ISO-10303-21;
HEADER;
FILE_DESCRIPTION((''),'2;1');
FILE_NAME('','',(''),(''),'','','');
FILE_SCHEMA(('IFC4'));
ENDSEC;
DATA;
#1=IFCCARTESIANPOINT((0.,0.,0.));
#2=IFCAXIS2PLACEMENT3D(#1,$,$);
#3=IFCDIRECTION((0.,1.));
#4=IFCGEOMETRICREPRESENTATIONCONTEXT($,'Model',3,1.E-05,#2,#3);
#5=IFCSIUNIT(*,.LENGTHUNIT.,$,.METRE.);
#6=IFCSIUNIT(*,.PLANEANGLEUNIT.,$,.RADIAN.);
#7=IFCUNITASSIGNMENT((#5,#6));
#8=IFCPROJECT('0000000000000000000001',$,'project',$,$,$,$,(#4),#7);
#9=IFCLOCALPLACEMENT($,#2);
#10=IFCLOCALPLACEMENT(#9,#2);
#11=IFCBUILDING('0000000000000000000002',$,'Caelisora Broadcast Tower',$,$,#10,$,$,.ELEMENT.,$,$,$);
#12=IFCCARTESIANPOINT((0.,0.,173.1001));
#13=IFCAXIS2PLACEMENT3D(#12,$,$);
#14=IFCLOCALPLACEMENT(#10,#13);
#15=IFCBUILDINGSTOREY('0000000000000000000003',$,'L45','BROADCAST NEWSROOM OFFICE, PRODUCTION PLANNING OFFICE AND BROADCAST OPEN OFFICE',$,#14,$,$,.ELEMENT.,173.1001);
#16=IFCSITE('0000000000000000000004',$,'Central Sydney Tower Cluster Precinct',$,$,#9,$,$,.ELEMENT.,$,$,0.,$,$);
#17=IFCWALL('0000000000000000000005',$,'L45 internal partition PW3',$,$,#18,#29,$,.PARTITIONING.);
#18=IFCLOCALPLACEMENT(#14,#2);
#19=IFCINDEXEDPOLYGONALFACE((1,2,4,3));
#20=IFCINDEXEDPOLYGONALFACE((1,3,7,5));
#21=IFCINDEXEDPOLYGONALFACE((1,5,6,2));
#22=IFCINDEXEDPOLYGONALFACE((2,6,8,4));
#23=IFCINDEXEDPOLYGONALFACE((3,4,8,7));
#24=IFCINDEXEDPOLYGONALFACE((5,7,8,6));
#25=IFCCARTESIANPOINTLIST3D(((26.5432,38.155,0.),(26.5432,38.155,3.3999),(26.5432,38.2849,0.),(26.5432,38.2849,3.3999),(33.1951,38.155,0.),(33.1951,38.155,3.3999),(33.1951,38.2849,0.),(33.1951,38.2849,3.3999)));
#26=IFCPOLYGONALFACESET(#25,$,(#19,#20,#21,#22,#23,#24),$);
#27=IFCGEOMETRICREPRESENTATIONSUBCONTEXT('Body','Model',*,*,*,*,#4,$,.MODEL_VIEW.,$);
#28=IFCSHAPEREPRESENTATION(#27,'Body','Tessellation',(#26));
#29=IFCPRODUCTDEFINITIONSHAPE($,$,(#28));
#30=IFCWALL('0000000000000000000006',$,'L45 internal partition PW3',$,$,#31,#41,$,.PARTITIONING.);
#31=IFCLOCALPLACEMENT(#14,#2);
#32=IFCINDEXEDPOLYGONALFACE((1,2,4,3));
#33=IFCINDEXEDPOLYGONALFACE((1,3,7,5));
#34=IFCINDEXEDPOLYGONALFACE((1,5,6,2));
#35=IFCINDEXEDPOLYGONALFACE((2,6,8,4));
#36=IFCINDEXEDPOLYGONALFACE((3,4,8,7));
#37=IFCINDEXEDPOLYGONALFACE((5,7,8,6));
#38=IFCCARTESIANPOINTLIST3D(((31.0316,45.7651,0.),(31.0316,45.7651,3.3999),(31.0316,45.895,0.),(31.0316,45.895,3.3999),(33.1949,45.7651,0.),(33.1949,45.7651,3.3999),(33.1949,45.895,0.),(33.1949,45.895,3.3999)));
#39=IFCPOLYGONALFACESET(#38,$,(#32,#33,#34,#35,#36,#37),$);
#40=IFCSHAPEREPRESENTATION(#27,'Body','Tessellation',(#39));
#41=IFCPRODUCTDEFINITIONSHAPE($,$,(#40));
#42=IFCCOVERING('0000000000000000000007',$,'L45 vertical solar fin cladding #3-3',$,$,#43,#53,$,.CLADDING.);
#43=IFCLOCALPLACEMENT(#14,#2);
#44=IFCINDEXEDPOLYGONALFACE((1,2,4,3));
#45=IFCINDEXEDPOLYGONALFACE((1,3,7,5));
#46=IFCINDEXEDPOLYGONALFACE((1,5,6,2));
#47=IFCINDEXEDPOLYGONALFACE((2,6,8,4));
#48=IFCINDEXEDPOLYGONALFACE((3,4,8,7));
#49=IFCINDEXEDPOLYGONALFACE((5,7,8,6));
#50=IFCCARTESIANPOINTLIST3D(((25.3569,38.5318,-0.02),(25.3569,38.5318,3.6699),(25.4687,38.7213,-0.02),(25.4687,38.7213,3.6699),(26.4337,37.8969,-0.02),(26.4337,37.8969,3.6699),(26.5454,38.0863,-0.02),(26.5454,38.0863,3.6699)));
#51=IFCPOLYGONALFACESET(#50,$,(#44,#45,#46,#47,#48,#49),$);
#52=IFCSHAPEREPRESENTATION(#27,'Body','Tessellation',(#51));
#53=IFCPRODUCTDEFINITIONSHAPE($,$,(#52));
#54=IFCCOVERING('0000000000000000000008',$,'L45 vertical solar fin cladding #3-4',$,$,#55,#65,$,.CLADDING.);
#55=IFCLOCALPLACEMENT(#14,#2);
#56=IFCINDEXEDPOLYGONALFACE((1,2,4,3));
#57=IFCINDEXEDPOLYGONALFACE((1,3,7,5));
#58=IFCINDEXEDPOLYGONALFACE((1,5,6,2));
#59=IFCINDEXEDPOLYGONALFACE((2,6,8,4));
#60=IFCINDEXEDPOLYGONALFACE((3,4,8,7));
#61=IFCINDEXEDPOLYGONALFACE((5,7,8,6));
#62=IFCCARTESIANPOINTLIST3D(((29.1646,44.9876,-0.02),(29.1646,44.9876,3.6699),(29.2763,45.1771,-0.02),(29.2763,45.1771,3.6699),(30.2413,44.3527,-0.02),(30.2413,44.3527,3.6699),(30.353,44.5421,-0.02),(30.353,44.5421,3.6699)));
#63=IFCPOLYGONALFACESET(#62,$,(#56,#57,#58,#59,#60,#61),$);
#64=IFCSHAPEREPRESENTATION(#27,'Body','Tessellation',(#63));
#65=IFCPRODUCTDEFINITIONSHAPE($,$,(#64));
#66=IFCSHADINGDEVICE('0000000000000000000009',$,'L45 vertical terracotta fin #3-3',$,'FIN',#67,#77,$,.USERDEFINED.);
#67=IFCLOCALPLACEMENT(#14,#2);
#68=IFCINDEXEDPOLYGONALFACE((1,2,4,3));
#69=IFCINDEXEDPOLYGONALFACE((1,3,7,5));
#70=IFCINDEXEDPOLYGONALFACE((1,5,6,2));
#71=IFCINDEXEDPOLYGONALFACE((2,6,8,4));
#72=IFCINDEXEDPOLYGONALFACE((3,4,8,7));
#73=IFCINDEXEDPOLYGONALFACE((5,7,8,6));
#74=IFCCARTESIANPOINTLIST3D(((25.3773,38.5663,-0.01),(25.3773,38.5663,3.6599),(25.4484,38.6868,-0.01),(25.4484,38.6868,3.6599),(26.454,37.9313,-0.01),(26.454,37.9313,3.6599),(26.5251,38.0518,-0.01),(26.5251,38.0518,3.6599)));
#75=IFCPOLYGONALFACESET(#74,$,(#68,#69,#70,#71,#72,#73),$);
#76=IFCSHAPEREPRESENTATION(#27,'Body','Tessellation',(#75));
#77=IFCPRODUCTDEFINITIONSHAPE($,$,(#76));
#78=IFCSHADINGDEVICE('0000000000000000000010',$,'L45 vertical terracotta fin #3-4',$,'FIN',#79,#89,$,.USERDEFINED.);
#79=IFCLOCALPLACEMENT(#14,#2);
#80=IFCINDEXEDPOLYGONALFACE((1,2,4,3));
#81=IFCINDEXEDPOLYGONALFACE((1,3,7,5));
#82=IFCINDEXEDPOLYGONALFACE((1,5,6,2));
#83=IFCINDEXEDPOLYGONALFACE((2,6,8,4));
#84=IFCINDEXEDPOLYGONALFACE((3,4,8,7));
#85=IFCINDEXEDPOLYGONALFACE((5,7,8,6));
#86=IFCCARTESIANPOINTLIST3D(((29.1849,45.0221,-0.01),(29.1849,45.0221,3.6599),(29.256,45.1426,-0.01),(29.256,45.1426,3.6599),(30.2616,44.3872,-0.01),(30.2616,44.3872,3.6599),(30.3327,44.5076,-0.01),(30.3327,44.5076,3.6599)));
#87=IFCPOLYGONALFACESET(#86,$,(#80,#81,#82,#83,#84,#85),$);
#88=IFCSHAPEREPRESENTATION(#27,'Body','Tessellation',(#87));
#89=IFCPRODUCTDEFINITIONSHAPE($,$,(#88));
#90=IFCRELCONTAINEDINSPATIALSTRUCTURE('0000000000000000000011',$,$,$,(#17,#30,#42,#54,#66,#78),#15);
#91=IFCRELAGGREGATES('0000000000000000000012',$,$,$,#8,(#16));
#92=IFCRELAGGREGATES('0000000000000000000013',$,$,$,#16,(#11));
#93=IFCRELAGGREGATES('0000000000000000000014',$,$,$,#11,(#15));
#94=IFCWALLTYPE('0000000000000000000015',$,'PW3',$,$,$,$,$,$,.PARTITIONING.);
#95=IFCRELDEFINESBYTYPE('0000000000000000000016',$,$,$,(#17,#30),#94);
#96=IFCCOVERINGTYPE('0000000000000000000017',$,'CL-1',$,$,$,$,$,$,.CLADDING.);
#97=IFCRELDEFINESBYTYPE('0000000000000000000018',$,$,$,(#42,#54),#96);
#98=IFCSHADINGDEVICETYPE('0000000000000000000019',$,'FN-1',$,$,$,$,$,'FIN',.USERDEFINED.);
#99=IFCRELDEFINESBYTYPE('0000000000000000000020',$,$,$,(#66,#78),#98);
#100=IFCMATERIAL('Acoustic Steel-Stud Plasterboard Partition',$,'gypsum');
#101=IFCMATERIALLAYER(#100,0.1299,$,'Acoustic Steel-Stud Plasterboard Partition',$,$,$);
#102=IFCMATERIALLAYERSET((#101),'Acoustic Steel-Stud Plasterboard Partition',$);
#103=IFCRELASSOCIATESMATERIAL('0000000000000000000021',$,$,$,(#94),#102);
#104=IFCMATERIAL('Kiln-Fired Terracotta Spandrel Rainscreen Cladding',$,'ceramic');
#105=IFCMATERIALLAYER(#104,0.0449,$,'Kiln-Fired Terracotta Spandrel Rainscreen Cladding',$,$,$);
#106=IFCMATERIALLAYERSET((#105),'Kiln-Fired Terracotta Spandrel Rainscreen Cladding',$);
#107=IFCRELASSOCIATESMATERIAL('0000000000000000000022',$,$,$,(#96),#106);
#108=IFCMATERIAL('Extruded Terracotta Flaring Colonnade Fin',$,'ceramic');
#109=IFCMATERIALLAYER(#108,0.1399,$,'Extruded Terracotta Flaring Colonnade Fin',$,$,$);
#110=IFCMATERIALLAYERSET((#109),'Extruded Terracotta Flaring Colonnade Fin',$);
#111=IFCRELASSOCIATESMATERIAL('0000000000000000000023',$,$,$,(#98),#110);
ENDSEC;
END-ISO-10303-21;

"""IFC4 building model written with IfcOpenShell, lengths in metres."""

from ifc_helpers import new_model, si_unit, direction, frame, frame_2d, origin, origin_2d, place, context, subcontext, project, spatial, rectangle, extrude, source, transform, mapped, material, layer, layer_set, type_object, type_shapes, element, save


model = new_model("IFC4")

# Units and contexts
model_context = context("Model", 3, precision=1e-05, world=origin(), true_north=direction((0.0, 1.0)))
body_context = subcontext(model_context, "Body", "Model", "MODEL_VIEW")
ifc_project = project(units=[si_unit("LENGTHUNIT", "METRE"), si_unit("PLANEANGLEUNIT", "RADIAN")], contexts=[model_context])

# Site, building, storey
site_placement = place(None, origin())
site = spatial("IfcSite", under=ifc_project, at=site_placement, Name="Central Sydney Tower Cluster Precinct", CompositionType="ELEMENT", RefElevation=0.0)
building_placement = place(site_placement, origin())
building = spatial("IfcBuilding", under=site, at=building_placement, Name="Caelisora Broadcast Tower", CompositionType="ELEMENT")
storey_placement = place(building_placement, frame((0.0, 0.0, 173.1001)))
storey = spatial("IfcBuildingStorey", under=building, at=storey_placement, Name="L45", Description="BROADCAST NEWSROOM OFFICE, PRODUCTION PLANNING OFFICE AND BROADCAST OPEN OFFICE", CompositionType="ELEMENT", Elevation=173.1001)

# Shared definitions
ifc_material_1 = material(Name="Acoustic Steel-Stud Plasterboard Partition", Category="gypsum")
ifc_layer_1 = layer(ifc_material_1, 0.1299, Name="Acoustic Steel-Stud Plasterboard Partition")
ifc_layer_set_1 = layer_set([ifc_layer_1], Name="Acoustic Steel-Stud Plasterboard Partition")
wall_type = type_object("IfcWallType", Name="PW3", PredefinedType="PARTITIONING", material=ifc_layer_set_1)

# Walls
wall_1_placement = place(storey_placement, frame((26.5432, 38.22, 0.0), z_axis=(0.0, 0.0, 1.0), x_axis=(1.0, 0.0, 0.0)))
element("IfcWall", 1, at=wall_1_placement, inside=storey, type_object=wall_type, Name="L45 internal partition PW3", PredefinedType="PARTITIONING", context=body_context, shape_type="SweptSolid", body=[
    extrude(rectangle(XDim=6.6519, YDim=0.1299, at=frame_2d((3.3259, 0.0))), origin(), (0.0, 0.0, 1.0), 3.3999),
])
wall_2_placement = place(storey_placement, frame((31.0317, 45.8301, 0.0), z_axis=(0.0, 0.0, 1.0), x_axis=(1.0, 0.0, 0.0)))
element("IfcWall", 2, at=wall_2_placement, inside=storey, type_object=wall_type, Name="L45 internal partition PW3", PredefinedType="PARTITIONING", context=body_context, shape_type="SweptSolid", body=[
    extrude(rectangle(XDim=2.1633, YDim=0.1299, at=frame_2d((1.0815, 0.0))), origin(), (0.0, 0.0, 1.0), 3.3999),
])

# Coverings
ifc_material_2 = material(Name="Kiln-Fired Terracotta Spandrel Rainscreen Cladding", Category="ceramic")
ifc_layer_2 = layer(ifc_material_2, 0.0449, Name="Kiln-Fired Terracotta Spandrel Rainscreen Cladding")
ifc_layer_set_2 = layer_set([ifc_layer_2], Name="Kiln-Fired Terracotta Spandrel Rainscreen Cladding")
covering_type = type_object("IfcCoveringType", Name="CL-1", PredefinedType="CLADDING", material=ifc_layer_set_2)
shared_shape_1 = source(origin(), body_context, "Body", "SweptSolid", [
    extrude(rectangle(XDim=0.22, YDim=1.25, at=origin_2d()), origin(), (0.0, 0.0, 1.0), 3.6899),
])
type_shapes(covering_type, [shared_shape_1])
for number, where, z_axis, x_axis, name in (
    (3, (25.9512, 38.3091, -0.02), (0.0, 0.0, 1.0), (0.507989, 0.861363, 0.0), "L45 vertical solar fin cladding #3-3"),
    (4, (29.7588, 44.7649, -0.02), (0.0, 0.0, 1.0), (0.507989, 0.861363, 0.0), "L45 vertical solar fin cladding #3-4"),
):
    element("IfcCovering", number, at=place(storey_placement, frame(where, z_axis=z_axis, x_axis=x_axis)), inside=storey, type_object=covering_type, Name=name, PredefinedType="CLADDING", context=body_context, shape_type="MappedRepresentation", body=[
        mapped(shared_shape_1, transform((0.0, 0.0, 0.0), scale=1.0)),
    ])

# Shading devices
ifc_material_3 = material(Name="Extruded Terracotta Flaring Colonnade Fin", Category="ceramic")
ifc_layer_3 = layer(ifc_material_3, 0.1399, Name="Extruded Terracotta Flaring Colonnade Fin")
ifc_layer_set_3 = layer_set([ifc_layer_3], Name="Extruded Terracotta Flaring Colonnade Fin")
shading_device_type = type_object("IfcShadingDeviceType", Name="FN-1", ElementType="FIN", PredefinedType="USERDEFINED", material=ifc_layer_set_3)
shared_shape_2 = source(origin(), body_context, "Body", "SweptSolid", [
    extrude(rectangle(XDim=0.1399, YDim=1.25, at=origin_2d()), origin(), (0.0, 0.0, 1.0), 3.6699),
])
type_shapes(shading_device_type, [shared_shape_2])
for number, where, z_axis, x_axis, name in (
    (5, (25.9512, 38.3091, -0.01), (0.0, 0.0, 1.0), (0.507989, 0.861363, 0.0), "L45 vertical terracotta fin #3-3"),
    (6, (29.7588, 44.7649, -0.01), (0.0, 0.0, 1.0), (0.507989, 0.861363, 0.0), "L45 vertical terracotta fin #3-4"),
):
    element("IfcShadingDevice", number, at=place(storey_placement, frame(where, z_axis=z_axis, x_axis=x_axis)), inside=storey, type_object=shading_device_type, Name=name, ObjectType="FIN", PredefinedType="USERDEFINED", context=body_context, shape_type="MappedRepresentation", body=[
        mapped(shared_shape_2, transform((0.0, 0.0, 0.0), scale=1.0)),
    ])

save(model, "model.ifc")
